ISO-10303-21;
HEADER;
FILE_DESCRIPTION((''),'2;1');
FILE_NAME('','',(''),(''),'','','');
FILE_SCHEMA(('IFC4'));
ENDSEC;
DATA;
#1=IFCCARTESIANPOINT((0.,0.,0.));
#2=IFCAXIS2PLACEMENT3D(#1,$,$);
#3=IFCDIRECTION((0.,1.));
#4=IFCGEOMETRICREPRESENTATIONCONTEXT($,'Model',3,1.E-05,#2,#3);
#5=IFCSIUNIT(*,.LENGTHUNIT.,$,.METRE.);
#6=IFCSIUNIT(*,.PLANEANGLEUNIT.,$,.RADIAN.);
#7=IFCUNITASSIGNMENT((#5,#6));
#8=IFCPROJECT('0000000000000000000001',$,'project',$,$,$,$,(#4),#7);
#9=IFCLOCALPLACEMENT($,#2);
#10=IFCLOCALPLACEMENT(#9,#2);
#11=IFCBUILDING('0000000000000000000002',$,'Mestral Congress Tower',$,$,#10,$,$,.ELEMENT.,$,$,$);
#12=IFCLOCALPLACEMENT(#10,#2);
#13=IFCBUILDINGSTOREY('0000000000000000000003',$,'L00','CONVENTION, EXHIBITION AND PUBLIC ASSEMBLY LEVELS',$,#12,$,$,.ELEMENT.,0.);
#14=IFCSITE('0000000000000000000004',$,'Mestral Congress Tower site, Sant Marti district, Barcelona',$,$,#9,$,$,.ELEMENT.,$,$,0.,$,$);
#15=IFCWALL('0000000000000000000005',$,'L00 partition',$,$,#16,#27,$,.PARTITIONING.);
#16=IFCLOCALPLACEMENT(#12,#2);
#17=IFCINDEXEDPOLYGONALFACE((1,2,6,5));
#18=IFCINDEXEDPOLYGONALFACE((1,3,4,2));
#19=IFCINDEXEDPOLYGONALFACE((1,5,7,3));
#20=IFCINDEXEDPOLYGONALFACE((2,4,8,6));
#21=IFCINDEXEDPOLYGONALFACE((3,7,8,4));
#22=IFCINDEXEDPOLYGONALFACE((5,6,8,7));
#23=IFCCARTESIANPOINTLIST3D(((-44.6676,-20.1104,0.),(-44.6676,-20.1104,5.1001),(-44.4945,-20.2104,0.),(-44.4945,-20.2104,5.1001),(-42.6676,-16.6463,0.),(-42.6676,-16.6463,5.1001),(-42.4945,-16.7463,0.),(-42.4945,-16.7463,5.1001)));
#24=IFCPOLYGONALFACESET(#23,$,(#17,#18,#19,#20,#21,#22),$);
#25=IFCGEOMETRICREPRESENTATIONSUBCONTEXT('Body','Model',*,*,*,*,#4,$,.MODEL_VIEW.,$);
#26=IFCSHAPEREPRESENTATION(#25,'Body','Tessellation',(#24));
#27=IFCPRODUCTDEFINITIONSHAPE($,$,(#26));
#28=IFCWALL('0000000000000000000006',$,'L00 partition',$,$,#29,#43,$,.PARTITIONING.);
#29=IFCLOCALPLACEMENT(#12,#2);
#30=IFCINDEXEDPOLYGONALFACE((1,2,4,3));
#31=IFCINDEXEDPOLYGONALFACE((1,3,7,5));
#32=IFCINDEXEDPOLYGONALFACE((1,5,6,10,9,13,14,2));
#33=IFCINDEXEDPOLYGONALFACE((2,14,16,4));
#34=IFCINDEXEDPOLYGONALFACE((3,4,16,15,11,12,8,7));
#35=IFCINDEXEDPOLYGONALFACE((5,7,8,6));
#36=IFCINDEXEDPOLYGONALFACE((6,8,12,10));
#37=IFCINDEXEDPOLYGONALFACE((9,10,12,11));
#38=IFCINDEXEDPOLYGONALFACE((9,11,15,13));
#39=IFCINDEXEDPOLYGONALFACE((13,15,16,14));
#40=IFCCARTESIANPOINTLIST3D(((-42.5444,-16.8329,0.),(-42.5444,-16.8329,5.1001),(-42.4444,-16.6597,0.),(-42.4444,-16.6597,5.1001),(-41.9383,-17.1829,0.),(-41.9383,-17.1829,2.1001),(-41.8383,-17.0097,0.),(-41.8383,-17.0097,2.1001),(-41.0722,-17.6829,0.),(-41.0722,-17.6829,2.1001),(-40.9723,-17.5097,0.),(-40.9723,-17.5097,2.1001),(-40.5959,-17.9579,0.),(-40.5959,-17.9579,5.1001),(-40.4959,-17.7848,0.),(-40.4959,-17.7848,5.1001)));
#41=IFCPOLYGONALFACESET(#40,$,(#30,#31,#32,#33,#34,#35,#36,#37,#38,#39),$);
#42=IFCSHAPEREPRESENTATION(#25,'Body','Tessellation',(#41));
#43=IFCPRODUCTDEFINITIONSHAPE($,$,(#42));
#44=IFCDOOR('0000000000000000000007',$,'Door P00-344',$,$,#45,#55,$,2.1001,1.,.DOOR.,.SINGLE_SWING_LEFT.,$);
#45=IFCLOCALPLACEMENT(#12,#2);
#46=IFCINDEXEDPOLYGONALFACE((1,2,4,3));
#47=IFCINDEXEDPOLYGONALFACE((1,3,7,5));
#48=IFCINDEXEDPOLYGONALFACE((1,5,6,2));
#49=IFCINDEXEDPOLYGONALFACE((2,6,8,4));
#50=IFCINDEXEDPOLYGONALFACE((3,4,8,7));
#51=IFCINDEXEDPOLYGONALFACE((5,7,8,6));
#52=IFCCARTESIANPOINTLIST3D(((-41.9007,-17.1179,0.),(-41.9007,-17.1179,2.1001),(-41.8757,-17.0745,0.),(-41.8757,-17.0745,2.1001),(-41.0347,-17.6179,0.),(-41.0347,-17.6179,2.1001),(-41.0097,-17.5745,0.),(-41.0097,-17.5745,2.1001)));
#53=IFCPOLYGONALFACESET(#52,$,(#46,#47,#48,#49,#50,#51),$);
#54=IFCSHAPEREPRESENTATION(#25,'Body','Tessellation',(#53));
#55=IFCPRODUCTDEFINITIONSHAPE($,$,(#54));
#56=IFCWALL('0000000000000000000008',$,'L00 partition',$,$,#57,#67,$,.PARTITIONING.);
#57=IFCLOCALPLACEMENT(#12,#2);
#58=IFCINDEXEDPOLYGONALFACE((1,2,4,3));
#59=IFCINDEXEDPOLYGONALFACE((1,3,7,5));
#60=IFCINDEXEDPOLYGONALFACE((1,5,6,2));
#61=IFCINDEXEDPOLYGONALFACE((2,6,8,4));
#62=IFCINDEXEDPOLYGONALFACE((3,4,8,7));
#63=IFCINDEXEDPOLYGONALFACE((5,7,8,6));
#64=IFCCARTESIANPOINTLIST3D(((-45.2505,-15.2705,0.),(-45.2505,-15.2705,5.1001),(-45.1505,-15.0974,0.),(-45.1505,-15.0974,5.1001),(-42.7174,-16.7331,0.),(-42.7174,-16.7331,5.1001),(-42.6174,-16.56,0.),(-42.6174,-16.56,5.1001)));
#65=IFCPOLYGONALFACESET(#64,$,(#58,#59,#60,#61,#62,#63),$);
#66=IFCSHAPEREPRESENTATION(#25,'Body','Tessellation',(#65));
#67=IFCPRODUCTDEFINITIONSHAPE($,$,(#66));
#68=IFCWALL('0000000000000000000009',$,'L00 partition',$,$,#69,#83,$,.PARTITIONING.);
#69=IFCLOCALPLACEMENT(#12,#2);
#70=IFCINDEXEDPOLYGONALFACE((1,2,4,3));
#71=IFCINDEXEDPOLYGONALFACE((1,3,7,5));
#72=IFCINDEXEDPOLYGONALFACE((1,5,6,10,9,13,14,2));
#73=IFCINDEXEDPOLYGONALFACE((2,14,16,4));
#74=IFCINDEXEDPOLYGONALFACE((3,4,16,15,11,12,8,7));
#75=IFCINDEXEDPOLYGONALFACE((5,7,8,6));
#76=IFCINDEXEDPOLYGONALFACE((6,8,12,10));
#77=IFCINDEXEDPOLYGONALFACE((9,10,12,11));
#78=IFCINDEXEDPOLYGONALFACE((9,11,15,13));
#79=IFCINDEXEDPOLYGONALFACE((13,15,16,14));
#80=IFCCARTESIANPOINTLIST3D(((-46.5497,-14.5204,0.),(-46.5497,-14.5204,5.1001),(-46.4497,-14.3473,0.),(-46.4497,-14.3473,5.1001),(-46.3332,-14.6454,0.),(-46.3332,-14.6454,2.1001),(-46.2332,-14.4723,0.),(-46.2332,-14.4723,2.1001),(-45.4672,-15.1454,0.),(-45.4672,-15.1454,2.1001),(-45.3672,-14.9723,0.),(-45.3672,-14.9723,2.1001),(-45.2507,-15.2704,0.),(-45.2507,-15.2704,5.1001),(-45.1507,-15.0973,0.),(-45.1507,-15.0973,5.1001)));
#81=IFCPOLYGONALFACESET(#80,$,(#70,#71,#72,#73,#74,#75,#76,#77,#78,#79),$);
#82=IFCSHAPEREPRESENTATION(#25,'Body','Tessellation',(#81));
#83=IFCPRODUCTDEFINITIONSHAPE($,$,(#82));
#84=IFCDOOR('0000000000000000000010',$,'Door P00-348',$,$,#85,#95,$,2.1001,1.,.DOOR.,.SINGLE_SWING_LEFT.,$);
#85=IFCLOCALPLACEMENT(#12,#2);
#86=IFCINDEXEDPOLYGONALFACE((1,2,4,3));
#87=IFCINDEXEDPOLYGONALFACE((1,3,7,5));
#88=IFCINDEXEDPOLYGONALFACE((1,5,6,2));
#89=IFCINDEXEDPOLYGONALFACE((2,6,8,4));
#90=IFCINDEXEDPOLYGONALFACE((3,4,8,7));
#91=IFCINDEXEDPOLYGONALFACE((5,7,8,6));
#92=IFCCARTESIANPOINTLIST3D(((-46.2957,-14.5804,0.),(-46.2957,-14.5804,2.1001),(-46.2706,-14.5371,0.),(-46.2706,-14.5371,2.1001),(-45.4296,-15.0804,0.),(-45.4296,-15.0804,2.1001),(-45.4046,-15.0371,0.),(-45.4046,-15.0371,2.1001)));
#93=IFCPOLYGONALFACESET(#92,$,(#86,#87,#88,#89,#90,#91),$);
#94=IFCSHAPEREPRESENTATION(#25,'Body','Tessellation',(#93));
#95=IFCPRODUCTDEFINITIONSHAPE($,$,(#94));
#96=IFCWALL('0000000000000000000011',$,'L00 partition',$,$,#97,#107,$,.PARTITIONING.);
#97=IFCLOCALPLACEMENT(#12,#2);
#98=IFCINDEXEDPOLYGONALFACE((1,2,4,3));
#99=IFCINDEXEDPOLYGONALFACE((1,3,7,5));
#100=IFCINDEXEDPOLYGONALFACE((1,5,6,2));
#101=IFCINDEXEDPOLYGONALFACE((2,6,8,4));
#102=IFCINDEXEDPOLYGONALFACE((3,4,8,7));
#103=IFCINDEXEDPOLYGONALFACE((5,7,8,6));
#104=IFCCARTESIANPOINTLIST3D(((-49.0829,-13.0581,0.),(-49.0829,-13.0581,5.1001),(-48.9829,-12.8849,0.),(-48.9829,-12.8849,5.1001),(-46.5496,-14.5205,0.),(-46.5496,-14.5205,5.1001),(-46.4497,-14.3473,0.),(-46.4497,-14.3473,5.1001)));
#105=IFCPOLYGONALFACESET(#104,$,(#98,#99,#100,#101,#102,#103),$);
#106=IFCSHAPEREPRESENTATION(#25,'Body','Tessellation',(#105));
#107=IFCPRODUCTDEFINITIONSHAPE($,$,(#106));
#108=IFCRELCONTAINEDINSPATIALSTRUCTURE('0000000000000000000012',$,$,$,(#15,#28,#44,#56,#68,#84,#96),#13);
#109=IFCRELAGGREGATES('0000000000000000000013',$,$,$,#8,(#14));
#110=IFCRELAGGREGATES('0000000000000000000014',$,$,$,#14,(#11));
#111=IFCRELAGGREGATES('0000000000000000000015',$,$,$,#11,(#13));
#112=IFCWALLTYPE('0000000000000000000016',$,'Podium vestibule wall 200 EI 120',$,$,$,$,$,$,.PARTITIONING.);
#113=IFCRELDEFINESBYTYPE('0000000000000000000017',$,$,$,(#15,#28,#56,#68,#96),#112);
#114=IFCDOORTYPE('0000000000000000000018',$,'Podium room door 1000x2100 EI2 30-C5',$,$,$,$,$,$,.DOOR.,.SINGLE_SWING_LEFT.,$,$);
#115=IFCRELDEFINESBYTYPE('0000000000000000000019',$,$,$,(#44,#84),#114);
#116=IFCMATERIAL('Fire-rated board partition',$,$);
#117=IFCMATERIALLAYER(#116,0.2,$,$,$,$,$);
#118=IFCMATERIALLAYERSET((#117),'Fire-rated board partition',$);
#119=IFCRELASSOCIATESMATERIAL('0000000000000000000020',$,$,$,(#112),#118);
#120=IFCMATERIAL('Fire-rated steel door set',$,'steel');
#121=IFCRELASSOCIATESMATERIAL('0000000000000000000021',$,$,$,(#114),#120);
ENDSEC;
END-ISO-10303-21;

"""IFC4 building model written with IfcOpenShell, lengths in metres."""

from ifc_helpers import new_model, si_unit, direction, frame, frame_2d, origin, place, context, subcontext, project, spatial, rectangle, extrude, material, layer, layer_set, type_object, element, fill, save


model = new_model("IFC4")

# Units and contexts
model_context = context("Model", 3, precision=1e-05, world=origin(), true_north=direction((0.0, 1.0)))
body_context = subcontext(model_context, "Body", "Model", "MODEL_VIEW")
ifc_project = project(units=[si_unit("LENGTHUNIT", "METRE"), si_unit("PLANEANGLEUNIT", "RADIAN")], contexts=[model_context])

# Site, building, storey
site_placement = place(None, origin())
site = spatial("IfcSite", under=ifc_project, at=site_placement, Name="Mestral Congress Tower site, Sant Marti district, Barcelona", CompositionType="ELEMENT", RefElevation=0.0)
building_placement = place(site_placement, origin())
building = spatial("IfcBuilding", under=site, at=building_placement, Name="Mestral Congress Tower", CompositionType="ELEMENT")
storey_placement = place(building_placement, origin())
storey = spatial("IfcBuildingStorey", under=building, at=storey_placement, Name="L00", Description="CONVENTION, EXHIBITION AND PUBLIC ASSEMBLY LEVELS", CompositionType="ELEMENT", Elevation=0.0)

# Wall
ifc_material_1 = material(Name="Fire-rated board partition")
ifc_layer_1 = layer(ifc_material_1, 0.2)
ifc_layer_set_1 = layer_set([ifc_layer_1], Name="Fire-rated board partition")
wall_type_1 = type_object("IfcWallType", Name="Podium vestibule wall 200 EI 120", PredefinedType="PARTITIONING", material=ifc_layer_set_1)
wall_1_placement = place(storey_placement, frame((-42.5811, -16.6963, 0.0), z_axis=(0.0, 0.0, 1.0), x_axis=(-0.499999, -0.866026, 0.0)))
element("IfcWall", 1, at=wall_1_placement, inside=storey, type_object=wall_type_1, Name="L00 partition", PredefinedType="PARTITIONING", context=body_context, shape_type="SweptSolid", body=[
    extrude(rectangle(XDim=4.0, YDim=0.2, at=frame_2d((2.0, 0.0))), origin(), (0.0, 0.0, 1.0), 5.1001),
])

# Wall, opening, door
wall_2_placement = place(storey_placement, frame((-40.5459, -17.8713, 0.0), z_axis=(0.0, 0.0, 1.0), x_axis=(-0.866018, 0.500014, 0.0)))
wall_2 = element("IfcWall", 2, at=wall_2_placement, inside=storey, type_object=wall_type_1, Name="L00 partition", PredefinedType="PARTITIONING", context=body_context, shape_type="SweptSolid", body=[
    extrude(rectangle(XDim=2.25, YDim=0.2, at=frame_2d((1.125, 0.0))), origin(), (0.0, 0.0, 1.0), 5.1001),
])
opening_1_placement = place(wall_2_placement, frame((0.55, 0.0, 0.0)))
opening_1 = element("IfcOpeningElement", 3, at=opening_1_placement, cuts=wall_2, PredefinedType="OPENING", context=body_context, shape_type="SweptSolid", body=[
    extrude(rectangle(XDim=1.0, YDim=2.1001, at=frame_2d((0.5, 1.05))), frame((0.0, 0.1099, 0.0), z_axis=(0.0, -1.0, 0.0), x_axis=(1.0, 0.0, 0.0)), (0.0, 0.0, 1.0), 0.22),
])
ifc_material_2 = material(Name="Fire-rated steel door set", Category="steel")
door_type_1 = type_object("IfcDoorType", Name="Podium room door 1000x2100 EI2 30-C5", OperationType="SINGLE_SWING_LEFT", PredefinedType="DOOR", material=ifc_material_2)
door_1_placement = place(opening_1_placement, origin())
door_1 = element("IfcDoor", 4, at=door_1_placement, inside=storey, type_object=door_type_1, Name="Door P00-344", OperationType="SINGLE_SWING_LEFT", OverallHeight=2.1001, OverallWidth=1.0, PredefinedType="DOOR", context=body_context, shape_type="SweptSolid", body=[
    extrude(rectangle(XDim=1.0, YDim=2.1001, at=frame_2d((0.5, 1.05))), frame((0.0, 0.0249, 0.0), z_axis=(0.0, -1.0, 0.0), x_axis=(1.0, 0.0, 0.0)), (0.0, 0.0, 1.0), 0.05),
])
fill(opening_1, door_1)

# Wall
wall_3_placement = place(storey_placement, frame((-42.6675, -16.6465, 0.0), z_axis=(0.0, 0.0, 1.0), x_axis=(-0.86601, 0.500026, 0.0)))
element("IfcWall", 5, at=wall_3_placement, inside=storey, type_object=wall_type_1, Name="L00 partition", PredefinedType="PARTITIONING", context=body_context, shape_type="SweptSolid", body=[
    extrude(rectangle(XDim=2.925, YDim=0.2, at=frame_2d((1.4624, 0.0))), origin(), (0.0, 0.0, 1.0), 5.1001),
])

# Wall, opening, door
wall_4_placement = place(storey_placement, frame((-45.2007, -15.1838, 0.0), z_axis=(0.0, 0.0, 1.0), x_axis=(-0.866031, 0.49999, 0.0)))
wall_4 = element("IfcWall", 6, at=wall_4_placement, inside=storey, type_object=wall_type_1, Name="L00 partition", PredefinedType="PARTITIONING", context=body_context, shape_type="SweptSolid", body=[
    extrude(rectangle(XDim=1.5, YDim=0.2, at=frame_2d((0.75, 0.0))), origin(), (0.0, 0.0, 1.0), 5.1001),
])
opening_2_placement = place(wall_4_placement, frame((0.25, 0.0, 0.0)))
opening_2 = element("IfcOpeningElement", 7, at=opening_2_placement, cuts=wall_4, PredefinedType="OPENING", context=body_context, shape_type="SweptSolid", body=[
    extrude(rectangle(XDim=1.0, YDim=2.1001, at=frame_2d((0.5, 1.05))), frame((0.0, 0.1099, 0.0), z_axis=(0.0, -1.0, 0.0), x_axis=(1.0, 0.0, 0.0)), (0.0, 0.0, 1.0), 0.22),
])
door_2_placement = place(opening_2_placement, origin())
door_2 = element("IfcDoor", 8, at=door_2_placement, inside=storey, type_object=door_type_1, Name="Door P00-348", OperationType="SINGLE_SWING_LEFT", OverallHeight=2.1001, OverallWidth=1.0, PredefinedType="DOOR", context=body_context, shape_type="SweptSolid", body=[
    extrude(rectangle(XDim=1.0, YDim=2.1001, at=frame_2d((0.5, 1.05))), frame((0.0, 0.0249, 0.0), z_axis=(0.0, -1.0, 0.0), x_axis=(1.0, 0.0, 0.0)), (0.0, 0.0, 1.0), 0.05),
])
fill(opening_2, door_2)

# Wall
wall_5_placement = place(storey_placement, frame((-46.4998, -14.4338, 0.0), z_axis=(0.0, 0.0, 1.0), x_axis=(-0.866047, 0.499963, 0.0)))
element("IfcWall", 9, at=wall_5_placement, inside=storey, type_object=wall_type_1, Name="L00 partition", PredefinedType="PARTITIONING", context=body_context, shape_type="SweptSolid", body=[
    extrude(rectangle(XDim=2.925, YDim=0.2, at=frame_2d((1.4624, 0.0))), origin(), (0.0, 0.0, 1.0), 5.1001),
])

save(model, "model.ifc")
